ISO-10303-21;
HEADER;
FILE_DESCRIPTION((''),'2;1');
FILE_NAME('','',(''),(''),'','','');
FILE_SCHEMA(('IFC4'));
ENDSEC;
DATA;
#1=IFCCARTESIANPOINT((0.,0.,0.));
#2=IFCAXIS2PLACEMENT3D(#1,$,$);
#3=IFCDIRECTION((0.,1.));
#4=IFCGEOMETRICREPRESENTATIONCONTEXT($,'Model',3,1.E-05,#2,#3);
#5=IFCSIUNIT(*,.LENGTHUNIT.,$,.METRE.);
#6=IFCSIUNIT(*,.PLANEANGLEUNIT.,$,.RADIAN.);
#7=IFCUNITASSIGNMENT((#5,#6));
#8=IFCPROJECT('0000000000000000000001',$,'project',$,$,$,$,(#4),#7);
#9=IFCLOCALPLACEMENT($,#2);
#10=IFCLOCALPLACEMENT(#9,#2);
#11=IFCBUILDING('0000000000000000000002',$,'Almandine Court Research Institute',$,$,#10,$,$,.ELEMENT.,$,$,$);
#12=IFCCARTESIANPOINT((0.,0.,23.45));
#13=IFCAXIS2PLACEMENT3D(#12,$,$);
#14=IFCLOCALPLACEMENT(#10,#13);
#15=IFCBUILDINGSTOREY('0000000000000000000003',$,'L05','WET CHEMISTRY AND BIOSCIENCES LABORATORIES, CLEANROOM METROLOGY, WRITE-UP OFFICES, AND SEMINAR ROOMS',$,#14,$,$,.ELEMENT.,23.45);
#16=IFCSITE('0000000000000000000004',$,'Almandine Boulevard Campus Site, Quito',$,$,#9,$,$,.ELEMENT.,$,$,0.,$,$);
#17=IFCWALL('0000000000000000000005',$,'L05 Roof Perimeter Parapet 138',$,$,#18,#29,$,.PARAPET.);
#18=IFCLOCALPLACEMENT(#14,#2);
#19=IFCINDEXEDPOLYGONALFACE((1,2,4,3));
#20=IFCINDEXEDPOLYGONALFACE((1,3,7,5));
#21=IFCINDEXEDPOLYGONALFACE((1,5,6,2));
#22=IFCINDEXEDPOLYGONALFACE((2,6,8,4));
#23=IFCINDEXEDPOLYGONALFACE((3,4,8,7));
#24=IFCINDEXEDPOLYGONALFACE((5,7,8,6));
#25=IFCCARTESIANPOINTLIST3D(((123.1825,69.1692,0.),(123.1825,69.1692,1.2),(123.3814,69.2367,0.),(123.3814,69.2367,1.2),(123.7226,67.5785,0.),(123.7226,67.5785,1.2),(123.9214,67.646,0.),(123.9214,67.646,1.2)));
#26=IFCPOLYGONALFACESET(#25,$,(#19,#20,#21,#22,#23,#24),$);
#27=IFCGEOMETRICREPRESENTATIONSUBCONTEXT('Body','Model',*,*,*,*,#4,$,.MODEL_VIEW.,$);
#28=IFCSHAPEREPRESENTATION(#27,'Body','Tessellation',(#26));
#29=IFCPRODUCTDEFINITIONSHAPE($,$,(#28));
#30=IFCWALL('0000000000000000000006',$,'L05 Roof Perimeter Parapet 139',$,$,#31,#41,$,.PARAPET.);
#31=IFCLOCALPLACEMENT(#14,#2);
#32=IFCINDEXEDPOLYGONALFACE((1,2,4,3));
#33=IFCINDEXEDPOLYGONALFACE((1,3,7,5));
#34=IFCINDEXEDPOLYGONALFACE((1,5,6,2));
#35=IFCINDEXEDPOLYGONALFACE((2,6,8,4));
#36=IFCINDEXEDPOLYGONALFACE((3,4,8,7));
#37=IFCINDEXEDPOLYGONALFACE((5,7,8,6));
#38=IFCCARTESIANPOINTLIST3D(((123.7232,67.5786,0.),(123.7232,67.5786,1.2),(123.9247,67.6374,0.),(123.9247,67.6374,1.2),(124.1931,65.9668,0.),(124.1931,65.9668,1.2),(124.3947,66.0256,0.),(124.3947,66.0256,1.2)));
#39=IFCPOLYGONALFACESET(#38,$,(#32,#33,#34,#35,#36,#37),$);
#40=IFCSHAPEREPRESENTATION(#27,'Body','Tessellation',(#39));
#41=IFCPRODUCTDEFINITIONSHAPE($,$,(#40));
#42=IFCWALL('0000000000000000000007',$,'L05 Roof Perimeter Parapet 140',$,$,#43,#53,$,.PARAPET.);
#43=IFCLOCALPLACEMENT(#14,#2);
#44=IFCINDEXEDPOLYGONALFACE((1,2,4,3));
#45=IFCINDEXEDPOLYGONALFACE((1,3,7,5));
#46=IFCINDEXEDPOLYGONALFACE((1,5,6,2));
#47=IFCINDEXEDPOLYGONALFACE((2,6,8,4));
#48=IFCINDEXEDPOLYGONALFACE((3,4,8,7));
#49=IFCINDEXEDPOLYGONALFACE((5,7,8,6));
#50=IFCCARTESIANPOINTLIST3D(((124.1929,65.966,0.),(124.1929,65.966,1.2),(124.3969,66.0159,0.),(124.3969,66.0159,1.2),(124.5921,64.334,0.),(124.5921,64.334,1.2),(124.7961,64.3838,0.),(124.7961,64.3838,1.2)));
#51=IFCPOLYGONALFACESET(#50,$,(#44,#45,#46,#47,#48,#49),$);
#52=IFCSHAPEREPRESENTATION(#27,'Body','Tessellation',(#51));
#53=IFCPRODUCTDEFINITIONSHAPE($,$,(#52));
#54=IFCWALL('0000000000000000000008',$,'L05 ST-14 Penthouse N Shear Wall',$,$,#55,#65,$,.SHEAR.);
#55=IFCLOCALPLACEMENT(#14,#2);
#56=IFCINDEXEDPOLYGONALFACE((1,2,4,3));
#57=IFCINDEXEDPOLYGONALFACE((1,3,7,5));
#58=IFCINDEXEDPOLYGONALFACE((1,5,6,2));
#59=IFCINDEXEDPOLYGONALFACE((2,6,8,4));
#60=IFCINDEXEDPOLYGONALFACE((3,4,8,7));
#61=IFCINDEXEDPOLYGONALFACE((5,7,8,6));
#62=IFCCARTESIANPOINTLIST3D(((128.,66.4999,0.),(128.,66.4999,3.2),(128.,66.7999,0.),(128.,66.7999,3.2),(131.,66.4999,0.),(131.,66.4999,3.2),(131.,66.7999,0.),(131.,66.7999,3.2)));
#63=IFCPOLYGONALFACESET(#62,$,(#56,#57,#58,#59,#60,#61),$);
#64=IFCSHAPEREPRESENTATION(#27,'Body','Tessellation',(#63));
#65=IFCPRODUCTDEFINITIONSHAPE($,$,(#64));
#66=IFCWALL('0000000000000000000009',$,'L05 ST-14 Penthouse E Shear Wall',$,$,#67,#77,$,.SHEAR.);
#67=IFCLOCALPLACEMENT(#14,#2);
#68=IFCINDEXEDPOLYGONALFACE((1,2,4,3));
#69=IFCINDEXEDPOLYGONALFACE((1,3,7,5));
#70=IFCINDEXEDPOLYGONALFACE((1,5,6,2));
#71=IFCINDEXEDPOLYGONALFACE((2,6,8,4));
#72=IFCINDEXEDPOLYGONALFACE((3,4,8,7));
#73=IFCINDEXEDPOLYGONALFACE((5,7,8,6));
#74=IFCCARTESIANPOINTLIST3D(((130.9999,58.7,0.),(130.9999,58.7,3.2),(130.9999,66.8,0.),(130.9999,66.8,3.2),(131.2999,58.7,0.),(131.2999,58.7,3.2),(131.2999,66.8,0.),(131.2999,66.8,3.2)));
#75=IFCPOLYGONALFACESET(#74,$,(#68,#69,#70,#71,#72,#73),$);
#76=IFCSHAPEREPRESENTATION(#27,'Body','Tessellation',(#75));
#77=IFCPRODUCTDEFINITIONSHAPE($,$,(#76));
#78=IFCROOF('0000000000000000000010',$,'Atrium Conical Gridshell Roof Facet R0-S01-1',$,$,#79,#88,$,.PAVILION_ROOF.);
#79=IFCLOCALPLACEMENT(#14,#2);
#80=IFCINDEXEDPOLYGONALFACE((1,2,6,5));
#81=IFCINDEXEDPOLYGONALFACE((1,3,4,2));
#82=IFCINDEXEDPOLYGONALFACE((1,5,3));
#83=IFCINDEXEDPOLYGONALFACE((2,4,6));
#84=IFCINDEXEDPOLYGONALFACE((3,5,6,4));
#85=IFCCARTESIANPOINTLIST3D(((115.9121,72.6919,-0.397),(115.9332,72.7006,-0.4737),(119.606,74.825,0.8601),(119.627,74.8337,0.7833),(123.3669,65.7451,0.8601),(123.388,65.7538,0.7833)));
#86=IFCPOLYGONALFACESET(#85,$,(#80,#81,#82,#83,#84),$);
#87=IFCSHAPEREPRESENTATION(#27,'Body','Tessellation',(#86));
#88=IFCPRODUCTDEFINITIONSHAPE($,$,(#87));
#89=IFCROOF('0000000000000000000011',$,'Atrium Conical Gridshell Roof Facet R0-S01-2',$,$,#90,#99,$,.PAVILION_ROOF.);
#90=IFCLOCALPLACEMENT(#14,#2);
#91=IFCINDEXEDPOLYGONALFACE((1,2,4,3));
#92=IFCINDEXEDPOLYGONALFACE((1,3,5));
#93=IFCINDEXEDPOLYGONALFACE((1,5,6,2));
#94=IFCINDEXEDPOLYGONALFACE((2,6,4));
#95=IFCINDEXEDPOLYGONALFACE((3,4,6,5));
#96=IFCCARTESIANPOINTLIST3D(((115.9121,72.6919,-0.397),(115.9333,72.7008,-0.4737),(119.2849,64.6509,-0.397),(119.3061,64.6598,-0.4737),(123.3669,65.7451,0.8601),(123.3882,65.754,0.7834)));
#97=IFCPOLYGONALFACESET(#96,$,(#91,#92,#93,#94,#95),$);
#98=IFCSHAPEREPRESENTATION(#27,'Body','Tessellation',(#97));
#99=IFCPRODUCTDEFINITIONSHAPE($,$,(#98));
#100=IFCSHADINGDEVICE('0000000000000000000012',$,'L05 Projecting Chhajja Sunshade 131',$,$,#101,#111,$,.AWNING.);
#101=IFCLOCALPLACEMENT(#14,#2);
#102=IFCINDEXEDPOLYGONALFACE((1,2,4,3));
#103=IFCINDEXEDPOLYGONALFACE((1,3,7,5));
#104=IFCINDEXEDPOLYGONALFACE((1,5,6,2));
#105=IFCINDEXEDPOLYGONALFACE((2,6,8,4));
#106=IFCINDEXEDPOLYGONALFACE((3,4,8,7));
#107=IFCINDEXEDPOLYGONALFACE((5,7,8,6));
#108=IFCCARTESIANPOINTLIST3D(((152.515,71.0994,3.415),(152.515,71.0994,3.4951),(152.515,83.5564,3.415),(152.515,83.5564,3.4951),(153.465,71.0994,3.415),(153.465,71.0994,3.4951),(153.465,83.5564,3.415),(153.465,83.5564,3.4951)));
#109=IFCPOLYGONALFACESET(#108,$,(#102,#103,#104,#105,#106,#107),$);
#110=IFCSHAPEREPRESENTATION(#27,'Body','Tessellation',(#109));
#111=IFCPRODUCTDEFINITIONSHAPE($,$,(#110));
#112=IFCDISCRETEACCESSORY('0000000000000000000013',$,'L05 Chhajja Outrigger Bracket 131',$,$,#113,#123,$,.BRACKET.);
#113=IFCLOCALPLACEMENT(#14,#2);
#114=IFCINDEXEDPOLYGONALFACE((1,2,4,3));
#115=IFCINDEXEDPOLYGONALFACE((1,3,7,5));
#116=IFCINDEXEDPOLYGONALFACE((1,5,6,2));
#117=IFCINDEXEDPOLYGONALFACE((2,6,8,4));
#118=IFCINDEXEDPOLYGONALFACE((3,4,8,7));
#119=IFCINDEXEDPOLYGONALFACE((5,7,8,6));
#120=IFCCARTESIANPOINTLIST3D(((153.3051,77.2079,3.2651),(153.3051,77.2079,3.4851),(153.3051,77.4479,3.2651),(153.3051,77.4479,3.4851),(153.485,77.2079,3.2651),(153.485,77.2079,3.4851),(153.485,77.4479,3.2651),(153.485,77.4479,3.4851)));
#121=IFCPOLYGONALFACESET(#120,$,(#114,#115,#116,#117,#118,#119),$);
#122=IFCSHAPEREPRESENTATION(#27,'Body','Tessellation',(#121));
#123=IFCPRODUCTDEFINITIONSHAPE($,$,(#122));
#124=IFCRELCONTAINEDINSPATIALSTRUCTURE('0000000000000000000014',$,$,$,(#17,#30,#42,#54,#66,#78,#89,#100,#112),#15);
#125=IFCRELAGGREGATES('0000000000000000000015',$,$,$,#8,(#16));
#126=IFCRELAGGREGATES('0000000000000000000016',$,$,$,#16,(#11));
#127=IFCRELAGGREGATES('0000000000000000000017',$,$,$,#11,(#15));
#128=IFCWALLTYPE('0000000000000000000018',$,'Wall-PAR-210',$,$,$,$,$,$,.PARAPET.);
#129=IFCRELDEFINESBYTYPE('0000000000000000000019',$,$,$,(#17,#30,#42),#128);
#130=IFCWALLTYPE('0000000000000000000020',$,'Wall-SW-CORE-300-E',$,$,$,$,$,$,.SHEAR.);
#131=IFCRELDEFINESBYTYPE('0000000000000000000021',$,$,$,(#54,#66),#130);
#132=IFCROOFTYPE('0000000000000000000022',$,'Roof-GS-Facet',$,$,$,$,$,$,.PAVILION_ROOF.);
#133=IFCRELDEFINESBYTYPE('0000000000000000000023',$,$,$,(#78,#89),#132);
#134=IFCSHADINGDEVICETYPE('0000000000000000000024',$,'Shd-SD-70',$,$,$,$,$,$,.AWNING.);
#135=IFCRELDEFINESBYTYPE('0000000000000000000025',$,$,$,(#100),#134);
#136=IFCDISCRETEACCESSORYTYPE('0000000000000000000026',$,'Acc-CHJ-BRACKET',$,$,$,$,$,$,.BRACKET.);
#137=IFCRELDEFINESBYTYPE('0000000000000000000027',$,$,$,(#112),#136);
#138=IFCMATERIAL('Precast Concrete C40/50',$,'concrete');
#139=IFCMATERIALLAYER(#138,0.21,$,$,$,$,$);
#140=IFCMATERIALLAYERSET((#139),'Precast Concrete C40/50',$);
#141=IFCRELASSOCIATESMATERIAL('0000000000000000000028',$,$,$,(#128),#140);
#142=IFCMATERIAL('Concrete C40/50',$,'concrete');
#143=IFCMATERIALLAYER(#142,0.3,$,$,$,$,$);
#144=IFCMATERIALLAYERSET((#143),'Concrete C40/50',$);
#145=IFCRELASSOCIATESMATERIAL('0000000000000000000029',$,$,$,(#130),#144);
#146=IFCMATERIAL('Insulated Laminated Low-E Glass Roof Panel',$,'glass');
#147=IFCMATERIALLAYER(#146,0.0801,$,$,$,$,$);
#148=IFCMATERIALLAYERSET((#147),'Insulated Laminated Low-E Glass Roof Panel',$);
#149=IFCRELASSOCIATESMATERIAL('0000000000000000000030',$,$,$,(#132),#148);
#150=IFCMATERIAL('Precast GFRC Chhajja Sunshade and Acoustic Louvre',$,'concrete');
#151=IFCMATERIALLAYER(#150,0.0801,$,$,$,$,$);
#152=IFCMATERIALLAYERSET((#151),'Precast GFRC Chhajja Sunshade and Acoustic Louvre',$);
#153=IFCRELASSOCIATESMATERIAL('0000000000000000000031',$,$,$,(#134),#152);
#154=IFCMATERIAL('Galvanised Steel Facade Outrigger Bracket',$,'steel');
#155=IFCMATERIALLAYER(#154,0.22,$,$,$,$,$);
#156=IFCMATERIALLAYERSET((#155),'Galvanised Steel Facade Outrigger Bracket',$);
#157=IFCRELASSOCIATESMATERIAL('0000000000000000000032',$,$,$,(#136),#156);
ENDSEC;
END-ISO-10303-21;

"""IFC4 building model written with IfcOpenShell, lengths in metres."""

from ifc_helpers import new_model, si_unit, direction, frame, frame_2d, origin, origin_2d, place, context, subcontext, project, spatial, polyline, rectangle, outline, extrude, material, layer, layer_set, type_object, element, save


model = new_model("IFC4")

# Units and contexts
model_context = context("Model", 3, precision=1e-05, world=origin(), true_north=direction((0.0, 1.0)))
body_context = subcontext(model_context, "Body", "Model", "MODEL_VIEW")
ifc_project = project(units=[si_unit("LENGTHUNIT", "METRE"), si_unit("PLANEANGLEUNIT", "RADIAN")], contexts=[model_context])

# Site, building, storey
site_placement = place(None, origin())
site = spatial("IfcSite", under=ifc_project, at=site_placement, Name="Almandine Boulevard Campus Site, Quito", CompositionType="ELEMENT", RefElevation=0.0)
building_placement = place(site_placement, origin())
building = spatial("IfcBuilding", under=site, at=building_placement, Name="Almandine Court Research Institute", CompositionType="ELEMENT")
storey_placement = place(building_placement, frame((0.0, 0.0, 23.45)))
storey = spatial("IfcBuildingStorey", under=building, at=storey_placement, Name="L05", Description="WET CHEMISTRY AND BIOSCIENCES LABORATORIES, CLEANROOM METROLOGY, WRITE-UP OFFICES, AND SEMINAR ROOMS", CompositionType="ELEMENT", Elevation=23.45)

# Walls
ifc_material_1 = material(Name="Precast Concrete C40/50", Category="concrete")
ifc_layer_1 = layer(ifc_material_1, 0.21)
ifc_layer_set_1 = layer_set([ifc_layer_1], Name="Precast Concrete C40/50")
wall_type_1 = type_object("IfcWallType", Name="Wall-PAR-210", PredefinedType="PARAPET", material=ifc_layer_set_1)
wall_1_placement = place(storey_placement, frame((123.282, 69.2029, 0.0), z_axis=(0.0, 0.0, 1.0), x_axis=(0.321455, -0.946925, 0.0)))
element("IfcWall", 1, at=wall_1_placement, inside=storey, type_object=wall_type_1, Name="L05 Roof Perimeter Parapet 138", PredefinedType="PARAPET", context=body_context, shape_type="SweptSolid", body=[
    extrude(rectangle(XDim=1.6799, YDim=0.21, at=frame_2d((0.8398, 0.0))), origin(), (0.0, 0.0, 1.0), 1.2),
])
wall_2_placement = place(storey_placement, frame((123.824, 67.6079, 0.0), z_axis=(0.0, 0.0, 1.0), x_axis=(0.279922, -0.960023, 0.0)))
element("IfcWall", 2, at=wall_2_placement, inside=storey, type_object=wall_type_1, Name="L05 Roof Perimeter Parapet 139", PredefinedType="PARAPET", context=body_context, shape_type="SweptSolid", body=[
    extrude(rectangle(XDim=1.679, YDim=0.21, at=frame_2d((0.8394, 0.0))), origin(), (0.0, 0.0, 1.0), 1.2),
])
wall_3_placement = place(storey_placement, frame((124.2949, 65.991, 0.0), z_axis=(0.0, 0.0, 1.0), x_axis=(0.237575, -0.971369, 0.0)))
element("IfcWall", 3, at=wall_3_placement, inside=storey, type_object=wall_type_1, Name="L05 Roof Perimeter Parapet 140", PredefinedType="PARAPET", context=body_context, shape_type="SweptSolid", body=[
    extrude(rectangle(XDim=1.6802, YDim=0.21, at=frame_2d((0.8401, 0.0))), origin(), (0.0, 0.0, 1.0), 1.2),
])
ifc_material_2 = material(Name="Concrete C40/50", Category="concrete")
ifc_layer_2 = layer(ifc_material_2, 0.3)
ifc_layer_set_2 = layer_set([ifc_layer_2], Name="Concrete C40/50")
wall_type_2 = type_object("IfcWallType", Name="Wall-SW-CORE-300-E", PredefinedType="SHEAR", material=ifc_layer_set_2)
wall_4_placement = place(storey_placement, frame((128.0, 66.6499, 0.0), z_axis=(0.0, 0.0, 1.0), x_axis=(1.0, 0.0, 0.0)))
element("IfcWall", 4, at=wall_4_placement, inside=storey, type_object=wall_type_2, Name="L05 ST-14 Penthouse N Shear Wall", PredefinedType="SHEAR", context=body_context, shape_type="SweptSolid", body=[
    extrude(rectangle(XDim=3.0, YDim=0.3, at=frame_2d((1.5, 0.0))), origin(), (0.0, 0.0, 1.0), 3.2),
])
wall_5_placement = place(storey_placement, frame((131.1499, 66.8, 0.0), z_axis=(0.0, 0.0, 1.0), x_axis=(0.0, -1.0, 0.0)))
element("IfcWall", 5, at=wall_5_placement, inside=storey, type_object=wall_type_2, Name="L05 ST-14 Penthouse E Shear Wall", PredefinedType="SHEAR", context=body_context, shape_type="SweptSolid", body=[
    extrude(rectangle(XDim=8.1001, YDim=0.3, at=frame_2d((4.05, 0.0))), origin(), (0.0, 0.0, 1.0), 3.2),
])

# Roofs
ifc_material_3 = material(Name="Insulated Laminated Low-E Glass Roof Panel", Category="glass")
ifc_layer_3 = layer(ifc_material_3, 0.0801)
ifc_layer_set_3 = layer_set([ifc_layer_3], Name="Insulated Laminated Low-E Glass Roof Panel")
roof_type = type_object("IfcRoofType", Name="Roof-GS-Facet", PredefinedType="PAVILION_ROOF", material=ifc_layer_set_3)
roof_1_placement = place(storey_placement, frame((123.3669, 65.7451, 0.8601), z_axis=(-0.263244, -0.109039, 0.958547), x_axis=(-0.382683, 0.92388, 0.0)))
element("IfcRoof", 6, at=roof_1_placement, inside=storey, type_object=roof_type, Name="Atrium Conical Gridshell Roof Facet R0-S01-1", PredefinedType="PAVILION_ROOF", context=body_context, shape_type="SweptSolid", body=[
    extrude(outline(polyline([(0.0, 0.0), (9.8279, 0.0), (9.2708, 4.4118), (0.0, 0.0)])), origin(), (0.0, 0.0, -1.0), 0.0801),
])
roof_2_placement = place(storey_placement, frame((123.3669, 65.7451, 0.8601), z_axis=(-0.265139, -0.111213, 0.957775), x_axis=(-0.726092, 0.676608, -0.122438)))
element("IfcRoof", 7, at=roof_2_placement, inside=storey, type_object=roof_type, Name="Atrium Conical Gridshell Roof Facet R0-S01-2", PredefinedType="PAVILION_ROOF", context=body_context, shape_type="SweptSolid", body=[
    extrude(outline(polyline([(0.0, 0.0), (10.2671, 0.0), (2.3775, 3.7132), (0.0, 0.0)])), origin(), (0.0, 0.0, -1.0), 0.0801),
])

# Shading device
ifc_material_4 = material(Name="Precast GFRC Chhajja Sunshade and Acoustic Louvre", Category="concrete")
ifc_layer_4 = layer(ifc_material_4, 0.0801)
ifc_layer_set_4 = layer_set([ifc_layer_4], Name="Precast GFRC Chhajja Sunshade and Acoustic Louvre")
shading_device_type = type_object("IfcShadingDeviceType", Name="Shd-SD-70", PredefinedType="AWNING", material=ifc_layer_set_4)
shading_device_placement = place(storey_placement, frame((152.99, 77.3279, 3.415), z_axis=(0.0, 0.0, 1.0), x_axis=(0.0, 1.0, 0.0)))
element("IfcShadingDevice", 8, at=shading_device_placement, inside=storey, type_object=shading_device_type, Name="L05 Projecting Chhajja Sunshade 131", PredefinedType="AWNING", context=body_context, shape_type="SweptSolid", body=[
    extrude(rectangle(XDim=12.457, YDim=0.95, at=origin_2d()), origin(), (0.0, 0.0, 1.0), 0.0801),
])

# Discrete accessory
ifc_material_5 = material(Name="Galvanised Steel Facade Outrigger Bracket", Category="steel")
ifc_layer_5 = layer(ifc_material_5, 0.22)
ifc_layer_set_5 = layer_set([ifc_layer_5], Name="Galvanised Steel Facade Outrigger Bracket")
discrete_accessory_type = type_object("IfcDiscreteAccessoryType", Name="Acc-CHJ-BRACKET", PredefinedType="BRACKET", material=ifc_layer_set_5)
discrete_accessory_placement = place(storey_placement, frame((153.395, 77.3279, 3.2651), z_axis=(0.0, 0.0, 1.0), x_axis=(0.0, 1.0, 0.0)))
element("IfcDiscreteAccessory", 9, at=discrete_accessory_placement, inside=storey, type_object=discrete_accessory_type, Name="L05 Chhajja Outrigger Bracket 131", PredefinedType="BRACKET", context=body_context, shape_type="SweptSolid", body=[
    extrude(rectangle(XDim=0.24, YDim=0.1799, at=origin_2d()), origin(), (0.0, 0.0, 1.0), 0.22),
])

save(model, "model.ifc")
